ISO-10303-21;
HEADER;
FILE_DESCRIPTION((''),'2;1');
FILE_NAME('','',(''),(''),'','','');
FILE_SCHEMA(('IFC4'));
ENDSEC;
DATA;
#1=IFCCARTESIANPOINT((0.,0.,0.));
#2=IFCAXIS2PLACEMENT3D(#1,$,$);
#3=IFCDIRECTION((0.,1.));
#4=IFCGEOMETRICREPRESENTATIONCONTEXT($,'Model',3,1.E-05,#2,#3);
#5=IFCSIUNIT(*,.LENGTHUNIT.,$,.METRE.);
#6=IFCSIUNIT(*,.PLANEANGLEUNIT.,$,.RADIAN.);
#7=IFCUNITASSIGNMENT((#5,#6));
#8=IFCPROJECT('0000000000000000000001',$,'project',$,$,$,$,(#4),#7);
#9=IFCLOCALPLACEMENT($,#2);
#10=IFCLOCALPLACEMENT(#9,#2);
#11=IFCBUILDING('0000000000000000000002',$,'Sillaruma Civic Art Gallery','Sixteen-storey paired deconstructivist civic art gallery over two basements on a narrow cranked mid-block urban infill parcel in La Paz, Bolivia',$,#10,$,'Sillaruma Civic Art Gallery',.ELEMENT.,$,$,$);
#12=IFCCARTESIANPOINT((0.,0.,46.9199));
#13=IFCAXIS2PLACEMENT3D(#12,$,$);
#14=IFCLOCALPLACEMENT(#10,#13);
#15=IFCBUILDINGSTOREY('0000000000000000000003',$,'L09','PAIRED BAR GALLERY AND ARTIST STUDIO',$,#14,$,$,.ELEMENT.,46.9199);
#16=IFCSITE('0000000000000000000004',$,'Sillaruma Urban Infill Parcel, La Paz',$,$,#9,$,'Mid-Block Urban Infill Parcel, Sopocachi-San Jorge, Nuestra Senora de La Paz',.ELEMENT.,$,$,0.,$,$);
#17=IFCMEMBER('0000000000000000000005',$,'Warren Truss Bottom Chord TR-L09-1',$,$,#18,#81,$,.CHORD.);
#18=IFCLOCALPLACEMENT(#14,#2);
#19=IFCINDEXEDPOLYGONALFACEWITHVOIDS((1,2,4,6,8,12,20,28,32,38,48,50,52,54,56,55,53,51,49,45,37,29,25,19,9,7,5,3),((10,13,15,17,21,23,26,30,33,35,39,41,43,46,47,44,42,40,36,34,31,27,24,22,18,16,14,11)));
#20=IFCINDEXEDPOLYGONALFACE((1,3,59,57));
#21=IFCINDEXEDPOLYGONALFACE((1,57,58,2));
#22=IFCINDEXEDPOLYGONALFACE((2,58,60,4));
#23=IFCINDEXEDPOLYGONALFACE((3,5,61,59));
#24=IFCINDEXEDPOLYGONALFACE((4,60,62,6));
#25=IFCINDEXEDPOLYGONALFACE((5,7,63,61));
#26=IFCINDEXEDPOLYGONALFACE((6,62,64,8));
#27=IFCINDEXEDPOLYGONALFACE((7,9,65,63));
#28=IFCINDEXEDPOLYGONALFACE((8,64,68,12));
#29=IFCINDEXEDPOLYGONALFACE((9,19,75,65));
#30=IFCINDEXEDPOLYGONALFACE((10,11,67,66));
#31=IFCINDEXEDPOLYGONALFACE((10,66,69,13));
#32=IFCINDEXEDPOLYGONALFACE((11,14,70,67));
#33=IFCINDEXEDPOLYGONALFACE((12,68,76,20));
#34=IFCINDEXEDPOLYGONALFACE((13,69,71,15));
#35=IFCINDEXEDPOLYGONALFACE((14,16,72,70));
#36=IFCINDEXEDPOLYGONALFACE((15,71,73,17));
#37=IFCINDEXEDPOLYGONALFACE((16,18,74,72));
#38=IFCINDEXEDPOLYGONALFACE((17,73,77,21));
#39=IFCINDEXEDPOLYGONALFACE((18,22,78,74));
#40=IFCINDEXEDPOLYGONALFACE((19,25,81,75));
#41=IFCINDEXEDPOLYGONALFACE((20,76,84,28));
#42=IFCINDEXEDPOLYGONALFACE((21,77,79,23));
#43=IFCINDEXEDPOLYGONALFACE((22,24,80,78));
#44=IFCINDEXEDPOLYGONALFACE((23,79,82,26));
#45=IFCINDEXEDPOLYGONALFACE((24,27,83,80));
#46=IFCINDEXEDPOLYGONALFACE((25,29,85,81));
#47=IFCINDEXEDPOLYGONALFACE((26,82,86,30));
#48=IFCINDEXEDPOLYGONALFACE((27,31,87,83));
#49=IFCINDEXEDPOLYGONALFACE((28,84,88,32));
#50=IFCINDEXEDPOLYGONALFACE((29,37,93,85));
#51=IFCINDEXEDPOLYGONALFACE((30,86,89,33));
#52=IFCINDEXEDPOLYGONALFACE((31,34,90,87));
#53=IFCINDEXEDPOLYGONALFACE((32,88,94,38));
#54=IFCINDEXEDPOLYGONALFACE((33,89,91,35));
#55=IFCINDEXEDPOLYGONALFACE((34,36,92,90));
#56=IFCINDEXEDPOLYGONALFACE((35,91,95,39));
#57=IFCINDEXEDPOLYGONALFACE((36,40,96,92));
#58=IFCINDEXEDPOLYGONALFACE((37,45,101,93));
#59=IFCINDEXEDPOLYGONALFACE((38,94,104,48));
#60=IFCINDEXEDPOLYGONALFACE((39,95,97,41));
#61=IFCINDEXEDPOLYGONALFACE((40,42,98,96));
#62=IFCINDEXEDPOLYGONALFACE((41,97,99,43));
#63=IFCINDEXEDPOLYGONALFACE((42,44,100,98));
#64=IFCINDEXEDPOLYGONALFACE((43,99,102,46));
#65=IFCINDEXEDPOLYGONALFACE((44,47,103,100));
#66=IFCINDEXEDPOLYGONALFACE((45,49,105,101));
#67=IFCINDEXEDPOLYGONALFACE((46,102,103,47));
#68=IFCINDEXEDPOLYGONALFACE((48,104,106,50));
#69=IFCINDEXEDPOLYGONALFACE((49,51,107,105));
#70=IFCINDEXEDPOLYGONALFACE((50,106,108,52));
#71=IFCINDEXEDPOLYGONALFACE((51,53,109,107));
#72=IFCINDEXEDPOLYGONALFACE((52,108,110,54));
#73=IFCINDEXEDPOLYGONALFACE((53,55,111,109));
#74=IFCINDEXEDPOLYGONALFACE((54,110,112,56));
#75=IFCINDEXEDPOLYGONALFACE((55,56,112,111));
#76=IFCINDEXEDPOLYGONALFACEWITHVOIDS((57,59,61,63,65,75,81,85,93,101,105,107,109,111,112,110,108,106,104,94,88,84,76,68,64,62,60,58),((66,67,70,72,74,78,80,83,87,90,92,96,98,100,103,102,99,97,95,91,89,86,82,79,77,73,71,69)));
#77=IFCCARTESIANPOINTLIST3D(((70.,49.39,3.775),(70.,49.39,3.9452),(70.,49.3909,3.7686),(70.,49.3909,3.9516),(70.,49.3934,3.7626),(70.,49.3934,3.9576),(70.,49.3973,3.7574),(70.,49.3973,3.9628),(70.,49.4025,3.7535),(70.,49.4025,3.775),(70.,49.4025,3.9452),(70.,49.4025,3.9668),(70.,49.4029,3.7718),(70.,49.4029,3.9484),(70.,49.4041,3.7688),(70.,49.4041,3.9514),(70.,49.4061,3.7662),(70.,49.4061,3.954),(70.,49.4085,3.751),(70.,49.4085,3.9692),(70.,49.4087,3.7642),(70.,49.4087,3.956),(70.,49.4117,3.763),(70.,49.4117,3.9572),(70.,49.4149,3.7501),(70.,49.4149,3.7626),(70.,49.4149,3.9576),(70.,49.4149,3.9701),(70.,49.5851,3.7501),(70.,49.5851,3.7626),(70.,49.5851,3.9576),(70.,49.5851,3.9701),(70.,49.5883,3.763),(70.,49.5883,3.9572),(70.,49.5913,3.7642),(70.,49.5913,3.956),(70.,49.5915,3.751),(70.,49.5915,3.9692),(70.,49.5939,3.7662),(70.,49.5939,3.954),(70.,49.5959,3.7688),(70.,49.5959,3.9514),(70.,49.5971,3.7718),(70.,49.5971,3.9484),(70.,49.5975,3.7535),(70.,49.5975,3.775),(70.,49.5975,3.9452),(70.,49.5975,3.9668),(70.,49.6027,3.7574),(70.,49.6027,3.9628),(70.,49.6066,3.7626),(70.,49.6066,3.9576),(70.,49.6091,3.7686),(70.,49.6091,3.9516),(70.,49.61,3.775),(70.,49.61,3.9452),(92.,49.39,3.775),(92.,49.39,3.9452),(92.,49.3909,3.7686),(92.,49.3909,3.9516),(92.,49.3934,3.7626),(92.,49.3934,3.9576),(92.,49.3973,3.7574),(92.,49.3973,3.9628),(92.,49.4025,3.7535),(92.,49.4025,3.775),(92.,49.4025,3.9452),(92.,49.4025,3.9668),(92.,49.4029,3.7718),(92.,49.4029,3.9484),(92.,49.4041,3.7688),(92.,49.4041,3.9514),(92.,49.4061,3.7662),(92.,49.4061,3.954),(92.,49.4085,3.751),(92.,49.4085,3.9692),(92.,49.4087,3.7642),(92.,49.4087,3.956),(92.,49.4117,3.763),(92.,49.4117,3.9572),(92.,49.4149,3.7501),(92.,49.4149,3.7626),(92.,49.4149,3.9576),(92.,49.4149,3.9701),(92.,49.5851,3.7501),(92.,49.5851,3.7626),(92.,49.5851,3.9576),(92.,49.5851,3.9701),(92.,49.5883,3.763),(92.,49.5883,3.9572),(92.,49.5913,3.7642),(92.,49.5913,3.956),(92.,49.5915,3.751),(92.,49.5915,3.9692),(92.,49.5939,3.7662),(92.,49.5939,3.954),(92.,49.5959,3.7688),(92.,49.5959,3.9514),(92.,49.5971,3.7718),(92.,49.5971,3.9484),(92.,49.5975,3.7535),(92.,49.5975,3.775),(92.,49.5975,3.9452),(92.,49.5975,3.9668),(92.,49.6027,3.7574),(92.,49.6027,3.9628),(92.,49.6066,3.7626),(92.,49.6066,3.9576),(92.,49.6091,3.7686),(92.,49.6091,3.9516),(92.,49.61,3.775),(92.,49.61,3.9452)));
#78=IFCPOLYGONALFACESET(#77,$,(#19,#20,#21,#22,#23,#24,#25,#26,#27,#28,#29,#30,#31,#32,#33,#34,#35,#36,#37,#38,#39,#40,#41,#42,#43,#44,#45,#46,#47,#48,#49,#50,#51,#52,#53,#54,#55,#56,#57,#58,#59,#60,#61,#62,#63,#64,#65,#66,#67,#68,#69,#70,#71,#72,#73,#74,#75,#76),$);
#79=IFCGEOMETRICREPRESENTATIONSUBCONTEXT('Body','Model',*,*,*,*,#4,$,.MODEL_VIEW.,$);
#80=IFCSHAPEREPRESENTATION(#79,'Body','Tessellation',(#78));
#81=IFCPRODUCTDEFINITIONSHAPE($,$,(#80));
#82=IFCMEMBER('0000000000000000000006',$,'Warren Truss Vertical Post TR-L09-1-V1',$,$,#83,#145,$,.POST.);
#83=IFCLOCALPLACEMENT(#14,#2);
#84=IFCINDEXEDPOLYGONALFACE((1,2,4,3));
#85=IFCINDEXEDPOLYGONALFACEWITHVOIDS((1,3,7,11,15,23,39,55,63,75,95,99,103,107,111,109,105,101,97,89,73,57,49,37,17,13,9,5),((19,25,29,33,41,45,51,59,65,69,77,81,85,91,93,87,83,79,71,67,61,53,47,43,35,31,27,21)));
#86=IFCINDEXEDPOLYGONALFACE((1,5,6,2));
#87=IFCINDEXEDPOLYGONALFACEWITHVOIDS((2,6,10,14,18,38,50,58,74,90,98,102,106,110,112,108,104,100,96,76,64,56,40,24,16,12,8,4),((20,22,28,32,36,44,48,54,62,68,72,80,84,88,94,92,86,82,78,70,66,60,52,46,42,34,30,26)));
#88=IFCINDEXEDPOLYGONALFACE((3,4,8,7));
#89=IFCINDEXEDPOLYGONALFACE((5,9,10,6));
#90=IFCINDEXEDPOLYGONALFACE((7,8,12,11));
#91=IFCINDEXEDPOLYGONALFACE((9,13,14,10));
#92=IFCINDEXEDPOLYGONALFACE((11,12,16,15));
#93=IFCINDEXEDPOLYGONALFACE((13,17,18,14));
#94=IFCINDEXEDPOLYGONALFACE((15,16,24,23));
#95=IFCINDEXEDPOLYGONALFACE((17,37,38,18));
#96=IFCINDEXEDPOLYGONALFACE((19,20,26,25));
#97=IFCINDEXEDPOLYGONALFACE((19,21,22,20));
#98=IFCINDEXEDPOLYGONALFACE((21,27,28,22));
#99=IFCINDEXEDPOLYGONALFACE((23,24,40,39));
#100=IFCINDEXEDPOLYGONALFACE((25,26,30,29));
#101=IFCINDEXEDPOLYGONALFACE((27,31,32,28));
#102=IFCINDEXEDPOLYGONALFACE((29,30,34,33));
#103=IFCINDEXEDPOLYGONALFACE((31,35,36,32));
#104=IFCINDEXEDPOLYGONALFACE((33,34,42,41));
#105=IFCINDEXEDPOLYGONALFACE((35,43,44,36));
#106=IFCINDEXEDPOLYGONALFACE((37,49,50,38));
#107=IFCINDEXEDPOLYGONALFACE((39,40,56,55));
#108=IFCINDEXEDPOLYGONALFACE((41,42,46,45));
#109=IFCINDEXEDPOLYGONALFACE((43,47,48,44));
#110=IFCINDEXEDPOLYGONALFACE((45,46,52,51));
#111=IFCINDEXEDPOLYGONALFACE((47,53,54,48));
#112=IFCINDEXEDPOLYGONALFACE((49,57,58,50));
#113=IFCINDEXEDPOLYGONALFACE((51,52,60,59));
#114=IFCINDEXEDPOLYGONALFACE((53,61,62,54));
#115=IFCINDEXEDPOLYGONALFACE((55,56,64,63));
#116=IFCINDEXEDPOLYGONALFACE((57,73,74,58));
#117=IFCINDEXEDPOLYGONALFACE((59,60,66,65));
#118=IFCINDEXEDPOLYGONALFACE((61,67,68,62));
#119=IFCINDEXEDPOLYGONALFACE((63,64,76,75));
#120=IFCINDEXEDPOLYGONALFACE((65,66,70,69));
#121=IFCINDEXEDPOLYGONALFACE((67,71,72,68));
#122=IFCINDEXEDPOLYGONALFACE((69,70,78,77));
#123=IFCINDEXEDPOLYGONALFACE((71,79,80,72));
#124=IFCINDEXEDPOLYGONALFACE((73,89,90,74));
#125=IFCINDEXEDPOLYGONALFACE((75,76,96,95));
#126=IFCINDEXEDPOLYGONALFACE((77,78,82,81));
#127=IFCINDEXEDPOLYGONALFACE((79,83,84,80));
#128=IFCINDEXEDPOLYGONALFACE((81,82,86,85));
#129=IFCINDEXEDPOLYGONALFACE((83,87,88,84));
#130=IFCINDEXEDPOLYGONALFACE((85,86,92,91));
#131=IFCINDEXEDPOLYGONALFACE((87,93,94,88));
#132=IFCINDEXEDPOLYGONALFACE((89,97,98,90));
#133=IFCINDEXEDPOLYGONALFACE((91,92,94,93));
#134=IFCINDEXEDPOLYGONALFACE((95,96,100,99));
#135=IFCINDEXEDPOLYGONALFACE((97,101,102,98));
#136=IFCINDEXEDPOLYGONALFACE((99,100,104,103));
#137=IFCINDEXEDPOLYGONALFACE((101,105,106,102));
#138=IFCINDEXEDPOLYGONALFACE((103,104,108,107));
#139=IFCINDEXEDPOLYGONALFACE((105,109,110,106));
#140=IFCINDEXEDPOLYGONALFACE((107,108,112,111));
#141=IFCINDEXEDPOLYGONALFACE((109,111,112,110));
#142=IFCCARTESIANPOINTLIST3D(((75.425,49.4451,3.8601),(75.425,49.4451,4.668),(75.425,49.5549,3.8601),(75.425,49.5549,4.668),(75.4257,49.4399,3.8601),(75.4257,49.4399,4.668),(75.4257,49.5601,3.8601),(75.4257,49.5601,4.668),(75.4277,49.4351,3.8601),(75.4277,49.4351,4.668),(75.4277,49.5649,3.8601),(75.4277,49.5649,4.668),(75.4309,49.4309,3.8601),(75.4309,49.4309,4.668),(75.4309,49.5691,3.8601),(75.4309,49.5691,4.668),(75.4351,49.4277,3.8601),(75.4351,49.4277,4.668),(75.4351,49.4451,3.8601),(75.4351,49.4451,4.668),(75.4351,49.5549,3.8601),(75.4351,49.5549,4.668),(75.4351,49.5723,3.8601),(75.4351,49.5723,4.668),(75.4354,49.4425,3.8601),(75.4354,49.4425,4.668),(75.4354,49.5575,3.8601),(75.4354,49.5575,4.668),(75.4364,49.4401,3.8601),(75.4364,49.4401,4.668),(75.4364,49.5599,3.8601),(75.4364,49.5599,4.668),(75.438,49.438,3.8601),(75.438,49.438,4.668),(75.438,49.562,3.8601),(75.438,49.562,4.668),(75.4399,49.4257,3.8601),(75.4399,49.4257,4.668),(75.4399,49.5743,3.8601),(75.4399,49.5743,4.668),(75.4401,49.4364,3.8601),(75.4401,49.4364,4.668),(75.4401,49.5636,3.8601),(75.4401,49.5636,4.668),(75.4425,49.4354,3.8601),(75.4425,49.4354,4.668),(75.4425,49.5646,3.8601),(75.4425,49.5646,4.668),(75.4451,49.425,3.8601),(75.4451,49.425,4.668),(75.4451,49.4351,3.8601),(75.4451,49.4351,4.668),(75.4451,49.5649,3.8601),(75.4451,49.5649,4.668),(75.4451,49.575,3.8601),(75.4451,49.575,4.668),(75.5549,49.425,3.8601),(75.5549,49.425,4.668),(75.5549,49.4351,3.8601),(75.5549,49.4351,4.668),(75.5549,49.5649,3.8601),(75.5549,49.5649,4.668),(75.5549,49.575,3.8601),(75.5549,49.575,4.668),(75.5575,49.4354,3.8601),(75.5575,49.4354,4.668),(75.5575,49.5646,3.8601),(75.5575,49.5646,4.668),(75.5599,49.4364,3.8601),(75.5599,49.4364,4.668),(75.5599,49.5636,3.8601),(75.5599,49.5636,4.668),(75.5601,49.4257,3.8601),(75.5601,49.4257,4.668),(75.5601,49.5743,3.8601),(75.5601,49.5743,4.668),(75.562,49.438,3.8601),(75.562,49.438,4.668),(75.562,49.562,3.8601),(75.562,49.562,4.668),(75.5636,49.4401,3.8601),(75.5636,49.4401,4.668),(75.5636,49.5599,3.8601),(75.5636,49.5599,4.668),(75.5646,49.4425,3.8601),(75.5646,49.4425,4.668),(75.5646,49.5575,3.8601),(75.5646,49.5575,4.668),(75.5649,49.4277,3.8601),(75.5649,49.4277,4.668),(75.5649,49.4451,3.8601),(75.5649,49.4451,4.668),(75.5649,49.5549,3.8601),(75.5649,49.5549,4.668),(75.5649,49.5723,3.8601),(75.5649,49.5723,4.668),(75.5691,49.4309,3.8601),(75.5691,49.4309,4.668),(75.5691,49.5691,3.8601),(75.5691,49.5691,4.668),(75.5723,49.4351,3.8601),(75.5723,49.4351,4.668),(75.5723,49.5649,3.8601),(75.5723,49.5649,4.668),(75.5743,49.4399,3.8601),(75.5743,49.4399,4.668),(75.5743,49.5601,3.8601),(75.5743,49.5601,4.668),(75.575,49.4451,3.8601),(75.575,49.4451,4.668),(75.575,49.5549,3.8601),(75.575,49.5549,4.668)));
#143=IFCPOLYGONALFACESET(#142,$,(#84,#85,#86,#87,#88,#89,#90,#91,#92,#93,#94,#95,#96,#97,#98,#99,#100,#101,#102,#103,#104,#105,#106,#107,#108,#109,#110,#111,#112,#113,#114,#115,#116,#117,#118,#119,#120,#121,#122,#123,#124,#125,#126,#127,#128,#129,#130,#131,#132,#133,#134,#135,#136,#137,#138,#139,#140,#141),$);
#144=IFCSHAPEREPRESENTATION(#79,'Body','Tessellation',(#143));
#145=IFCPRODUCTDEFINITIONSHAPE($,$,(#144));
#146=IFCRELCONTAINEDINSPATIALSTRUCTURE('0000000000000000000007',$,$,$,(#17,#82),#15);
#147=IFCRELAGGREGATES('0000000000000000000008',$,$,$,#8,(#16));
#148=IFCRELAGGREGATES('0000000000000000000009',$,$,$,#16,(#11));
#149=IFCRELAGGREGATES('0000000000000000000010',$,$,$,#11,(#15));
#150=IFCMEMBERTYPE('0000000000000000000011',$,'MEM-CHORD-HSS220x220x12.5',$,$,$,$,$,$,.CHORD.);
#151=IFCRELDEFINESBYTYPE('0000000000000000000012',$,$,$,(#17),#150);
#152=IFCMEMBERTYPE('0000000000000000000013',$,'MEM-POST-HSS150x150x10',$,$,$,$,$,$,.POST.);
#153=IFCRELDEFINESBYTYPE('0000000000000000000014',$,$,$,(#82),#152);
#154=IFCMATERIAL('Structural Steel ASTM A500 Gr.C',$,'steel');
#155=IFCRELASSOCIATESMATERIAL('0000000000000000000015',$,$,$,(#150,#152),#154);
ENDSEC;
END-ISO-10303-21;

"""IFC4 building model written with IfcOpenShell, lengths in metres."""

from ifc_helpers import new_model, si_unit, direction, frame, origin, origin_2d, place, context, subcontext, project, spatial, hollow_rectangle, extrude, material, material_profile, profile_set, type_object, element, save


model = new_model("IFC4")

# Units and contexts
model_context = context("Model", 3, precision=1e-05, world=origin(), true_north=direction((0.0, 1.0)))
body_context = subcontext(model_context, "Body", "Model", "MODEL_VIEW")
ifc_project = project(units=[si_unit("LENGTHUNIT", "METRE"), si_unit("PLANEANGLEUNIT", "RADIAN")], contexts=[model_context])

# Site, building, storey
site_placement = place(None, origin())
site = spatial("IfcSite", under=ifc_project, at=site_placement, Name="Sillaruma Urban Infill Parcel, La Paz", LongName="Mid-Block Urban Infill Parcel, Sopocachi-San Jorge, Nuestra Senora de La Paz", CompositionType="ELEMENT", RefElevation=0.0)
building_placement = place(site_placement, origin())
building = spatial("IfcBuilding", under=site, at=building_placement, Name="Sillaruma Civic Art Gallery", Description="Sixteen-storey paired deconstructivist civic art gallery over two basements on a narrow cranked mid-block urban infill parcel in La Paz, Bolivia", LongName="Sillaruma Civic Art Gallery", CompositionType="ELEMENT")
storey_placement = place(building_placement, frame((0.0, 0.0, 46.9199)))
storey = spatial("IfcBuildingStorey", under=building, at=storey_placement, Name="L09", Description="PAIRED BAR GALLERY AND ARTIST STUDIO", CompositionType="ELEMENT", Elevation=46.9199)

# Shared definitions
ifc_material_1 = material(Name="Structural Steel ASTM A500 Gr.C", Category="steel")

# Members
ifc_material_profile_1 = material_profile(ifc_material_1, hollow_rectangle(XDim=0.22, YDim=0.22, WallThickness=0.0125, InnerFilletRadius=0.0125, OuterFilletRadius=0.0249, at=origin_2d()), Name="HSS220x220x12.5")
ifc_profile_set_1 = profile_set([ifc_material_profile_1], Name="Structural Steel ASTM A500 Gr.C")
member_type_1 = type_object("IfcMemberType", Name="MEM-CHORD-HSS220x220x12.5", PredefinedType="CHORD", material=ifc_profile_set_1)
member_placement = place(storey_placement, frame((70.0, 49.5, 3.8601), z_axis=(1.0, 0.0, 0.0), x_axis=(0.0, 1.0, 0.0)))
element("IfcMember", 1, at=member_placement, inside=storey, type_object=member_type_1, Name="Warren Truss Bottom Chord TR-L09-1", PredefinedType="CHORD", context=body_context, shape_type="SweptSolid", body=[
    extrude(hollow_rectangle(XDim=0.22, YDim=0.22, WallThickness=0.0125, InnerFilletRadius=0.0125, OuterFilletRadius=0.0249, at=origin_2d()), origin(), (0.0, 0.0, 1.0), 22.0),
])
ifc_material_profile_2 = material_profile(ifc_material_1, hollow_rectangle(XDim=0.1499, YDim=0.1499, WallThickness=0.01, InnerFilletRadius=0.01, OuterFilletRadius=0.02, at=origin_2d()), Name="HSS150x150x10")
ifc_profile_set_2 = profile_set([ifc_material_profile_2], Name="Structural Steel ASTM A500 Gr.C")
member_type_2 = type_object("IfcMemberType", Name="MEM-POST-HSS150x150x10", PredefinedType="POST", material=ifc_profile_set_2)
for number, where, z_axis, x_axis, name in (
    (2, (75.5, 49.5, 3.8601), (0.0, 0.0, 1.0), (1.0, 0.0, 0.0), "Warren Truss Vertical Post TR-L09-1-V1"),
):
    element("IfcMember", number, at=place(storey_placement, frame(where, z_axis=z_axis, x_axis=x_axis)), inside=storey, type_object=member_type_2, Name=name, PredefinedType="POST", context=body_context, shape_type="SweptSolid", body=[
        extrude(hollow_rectangle(XDim=0.1499, YDim=0.1499, WallThickness=0.01, InnerFilletRadius=0.01, OuterFilletRadius=0.02, at=origin_2d()), origin(), (0.0, 0.0, 1.0), 0.8079),
    ])

save(model, "model.ifc")
